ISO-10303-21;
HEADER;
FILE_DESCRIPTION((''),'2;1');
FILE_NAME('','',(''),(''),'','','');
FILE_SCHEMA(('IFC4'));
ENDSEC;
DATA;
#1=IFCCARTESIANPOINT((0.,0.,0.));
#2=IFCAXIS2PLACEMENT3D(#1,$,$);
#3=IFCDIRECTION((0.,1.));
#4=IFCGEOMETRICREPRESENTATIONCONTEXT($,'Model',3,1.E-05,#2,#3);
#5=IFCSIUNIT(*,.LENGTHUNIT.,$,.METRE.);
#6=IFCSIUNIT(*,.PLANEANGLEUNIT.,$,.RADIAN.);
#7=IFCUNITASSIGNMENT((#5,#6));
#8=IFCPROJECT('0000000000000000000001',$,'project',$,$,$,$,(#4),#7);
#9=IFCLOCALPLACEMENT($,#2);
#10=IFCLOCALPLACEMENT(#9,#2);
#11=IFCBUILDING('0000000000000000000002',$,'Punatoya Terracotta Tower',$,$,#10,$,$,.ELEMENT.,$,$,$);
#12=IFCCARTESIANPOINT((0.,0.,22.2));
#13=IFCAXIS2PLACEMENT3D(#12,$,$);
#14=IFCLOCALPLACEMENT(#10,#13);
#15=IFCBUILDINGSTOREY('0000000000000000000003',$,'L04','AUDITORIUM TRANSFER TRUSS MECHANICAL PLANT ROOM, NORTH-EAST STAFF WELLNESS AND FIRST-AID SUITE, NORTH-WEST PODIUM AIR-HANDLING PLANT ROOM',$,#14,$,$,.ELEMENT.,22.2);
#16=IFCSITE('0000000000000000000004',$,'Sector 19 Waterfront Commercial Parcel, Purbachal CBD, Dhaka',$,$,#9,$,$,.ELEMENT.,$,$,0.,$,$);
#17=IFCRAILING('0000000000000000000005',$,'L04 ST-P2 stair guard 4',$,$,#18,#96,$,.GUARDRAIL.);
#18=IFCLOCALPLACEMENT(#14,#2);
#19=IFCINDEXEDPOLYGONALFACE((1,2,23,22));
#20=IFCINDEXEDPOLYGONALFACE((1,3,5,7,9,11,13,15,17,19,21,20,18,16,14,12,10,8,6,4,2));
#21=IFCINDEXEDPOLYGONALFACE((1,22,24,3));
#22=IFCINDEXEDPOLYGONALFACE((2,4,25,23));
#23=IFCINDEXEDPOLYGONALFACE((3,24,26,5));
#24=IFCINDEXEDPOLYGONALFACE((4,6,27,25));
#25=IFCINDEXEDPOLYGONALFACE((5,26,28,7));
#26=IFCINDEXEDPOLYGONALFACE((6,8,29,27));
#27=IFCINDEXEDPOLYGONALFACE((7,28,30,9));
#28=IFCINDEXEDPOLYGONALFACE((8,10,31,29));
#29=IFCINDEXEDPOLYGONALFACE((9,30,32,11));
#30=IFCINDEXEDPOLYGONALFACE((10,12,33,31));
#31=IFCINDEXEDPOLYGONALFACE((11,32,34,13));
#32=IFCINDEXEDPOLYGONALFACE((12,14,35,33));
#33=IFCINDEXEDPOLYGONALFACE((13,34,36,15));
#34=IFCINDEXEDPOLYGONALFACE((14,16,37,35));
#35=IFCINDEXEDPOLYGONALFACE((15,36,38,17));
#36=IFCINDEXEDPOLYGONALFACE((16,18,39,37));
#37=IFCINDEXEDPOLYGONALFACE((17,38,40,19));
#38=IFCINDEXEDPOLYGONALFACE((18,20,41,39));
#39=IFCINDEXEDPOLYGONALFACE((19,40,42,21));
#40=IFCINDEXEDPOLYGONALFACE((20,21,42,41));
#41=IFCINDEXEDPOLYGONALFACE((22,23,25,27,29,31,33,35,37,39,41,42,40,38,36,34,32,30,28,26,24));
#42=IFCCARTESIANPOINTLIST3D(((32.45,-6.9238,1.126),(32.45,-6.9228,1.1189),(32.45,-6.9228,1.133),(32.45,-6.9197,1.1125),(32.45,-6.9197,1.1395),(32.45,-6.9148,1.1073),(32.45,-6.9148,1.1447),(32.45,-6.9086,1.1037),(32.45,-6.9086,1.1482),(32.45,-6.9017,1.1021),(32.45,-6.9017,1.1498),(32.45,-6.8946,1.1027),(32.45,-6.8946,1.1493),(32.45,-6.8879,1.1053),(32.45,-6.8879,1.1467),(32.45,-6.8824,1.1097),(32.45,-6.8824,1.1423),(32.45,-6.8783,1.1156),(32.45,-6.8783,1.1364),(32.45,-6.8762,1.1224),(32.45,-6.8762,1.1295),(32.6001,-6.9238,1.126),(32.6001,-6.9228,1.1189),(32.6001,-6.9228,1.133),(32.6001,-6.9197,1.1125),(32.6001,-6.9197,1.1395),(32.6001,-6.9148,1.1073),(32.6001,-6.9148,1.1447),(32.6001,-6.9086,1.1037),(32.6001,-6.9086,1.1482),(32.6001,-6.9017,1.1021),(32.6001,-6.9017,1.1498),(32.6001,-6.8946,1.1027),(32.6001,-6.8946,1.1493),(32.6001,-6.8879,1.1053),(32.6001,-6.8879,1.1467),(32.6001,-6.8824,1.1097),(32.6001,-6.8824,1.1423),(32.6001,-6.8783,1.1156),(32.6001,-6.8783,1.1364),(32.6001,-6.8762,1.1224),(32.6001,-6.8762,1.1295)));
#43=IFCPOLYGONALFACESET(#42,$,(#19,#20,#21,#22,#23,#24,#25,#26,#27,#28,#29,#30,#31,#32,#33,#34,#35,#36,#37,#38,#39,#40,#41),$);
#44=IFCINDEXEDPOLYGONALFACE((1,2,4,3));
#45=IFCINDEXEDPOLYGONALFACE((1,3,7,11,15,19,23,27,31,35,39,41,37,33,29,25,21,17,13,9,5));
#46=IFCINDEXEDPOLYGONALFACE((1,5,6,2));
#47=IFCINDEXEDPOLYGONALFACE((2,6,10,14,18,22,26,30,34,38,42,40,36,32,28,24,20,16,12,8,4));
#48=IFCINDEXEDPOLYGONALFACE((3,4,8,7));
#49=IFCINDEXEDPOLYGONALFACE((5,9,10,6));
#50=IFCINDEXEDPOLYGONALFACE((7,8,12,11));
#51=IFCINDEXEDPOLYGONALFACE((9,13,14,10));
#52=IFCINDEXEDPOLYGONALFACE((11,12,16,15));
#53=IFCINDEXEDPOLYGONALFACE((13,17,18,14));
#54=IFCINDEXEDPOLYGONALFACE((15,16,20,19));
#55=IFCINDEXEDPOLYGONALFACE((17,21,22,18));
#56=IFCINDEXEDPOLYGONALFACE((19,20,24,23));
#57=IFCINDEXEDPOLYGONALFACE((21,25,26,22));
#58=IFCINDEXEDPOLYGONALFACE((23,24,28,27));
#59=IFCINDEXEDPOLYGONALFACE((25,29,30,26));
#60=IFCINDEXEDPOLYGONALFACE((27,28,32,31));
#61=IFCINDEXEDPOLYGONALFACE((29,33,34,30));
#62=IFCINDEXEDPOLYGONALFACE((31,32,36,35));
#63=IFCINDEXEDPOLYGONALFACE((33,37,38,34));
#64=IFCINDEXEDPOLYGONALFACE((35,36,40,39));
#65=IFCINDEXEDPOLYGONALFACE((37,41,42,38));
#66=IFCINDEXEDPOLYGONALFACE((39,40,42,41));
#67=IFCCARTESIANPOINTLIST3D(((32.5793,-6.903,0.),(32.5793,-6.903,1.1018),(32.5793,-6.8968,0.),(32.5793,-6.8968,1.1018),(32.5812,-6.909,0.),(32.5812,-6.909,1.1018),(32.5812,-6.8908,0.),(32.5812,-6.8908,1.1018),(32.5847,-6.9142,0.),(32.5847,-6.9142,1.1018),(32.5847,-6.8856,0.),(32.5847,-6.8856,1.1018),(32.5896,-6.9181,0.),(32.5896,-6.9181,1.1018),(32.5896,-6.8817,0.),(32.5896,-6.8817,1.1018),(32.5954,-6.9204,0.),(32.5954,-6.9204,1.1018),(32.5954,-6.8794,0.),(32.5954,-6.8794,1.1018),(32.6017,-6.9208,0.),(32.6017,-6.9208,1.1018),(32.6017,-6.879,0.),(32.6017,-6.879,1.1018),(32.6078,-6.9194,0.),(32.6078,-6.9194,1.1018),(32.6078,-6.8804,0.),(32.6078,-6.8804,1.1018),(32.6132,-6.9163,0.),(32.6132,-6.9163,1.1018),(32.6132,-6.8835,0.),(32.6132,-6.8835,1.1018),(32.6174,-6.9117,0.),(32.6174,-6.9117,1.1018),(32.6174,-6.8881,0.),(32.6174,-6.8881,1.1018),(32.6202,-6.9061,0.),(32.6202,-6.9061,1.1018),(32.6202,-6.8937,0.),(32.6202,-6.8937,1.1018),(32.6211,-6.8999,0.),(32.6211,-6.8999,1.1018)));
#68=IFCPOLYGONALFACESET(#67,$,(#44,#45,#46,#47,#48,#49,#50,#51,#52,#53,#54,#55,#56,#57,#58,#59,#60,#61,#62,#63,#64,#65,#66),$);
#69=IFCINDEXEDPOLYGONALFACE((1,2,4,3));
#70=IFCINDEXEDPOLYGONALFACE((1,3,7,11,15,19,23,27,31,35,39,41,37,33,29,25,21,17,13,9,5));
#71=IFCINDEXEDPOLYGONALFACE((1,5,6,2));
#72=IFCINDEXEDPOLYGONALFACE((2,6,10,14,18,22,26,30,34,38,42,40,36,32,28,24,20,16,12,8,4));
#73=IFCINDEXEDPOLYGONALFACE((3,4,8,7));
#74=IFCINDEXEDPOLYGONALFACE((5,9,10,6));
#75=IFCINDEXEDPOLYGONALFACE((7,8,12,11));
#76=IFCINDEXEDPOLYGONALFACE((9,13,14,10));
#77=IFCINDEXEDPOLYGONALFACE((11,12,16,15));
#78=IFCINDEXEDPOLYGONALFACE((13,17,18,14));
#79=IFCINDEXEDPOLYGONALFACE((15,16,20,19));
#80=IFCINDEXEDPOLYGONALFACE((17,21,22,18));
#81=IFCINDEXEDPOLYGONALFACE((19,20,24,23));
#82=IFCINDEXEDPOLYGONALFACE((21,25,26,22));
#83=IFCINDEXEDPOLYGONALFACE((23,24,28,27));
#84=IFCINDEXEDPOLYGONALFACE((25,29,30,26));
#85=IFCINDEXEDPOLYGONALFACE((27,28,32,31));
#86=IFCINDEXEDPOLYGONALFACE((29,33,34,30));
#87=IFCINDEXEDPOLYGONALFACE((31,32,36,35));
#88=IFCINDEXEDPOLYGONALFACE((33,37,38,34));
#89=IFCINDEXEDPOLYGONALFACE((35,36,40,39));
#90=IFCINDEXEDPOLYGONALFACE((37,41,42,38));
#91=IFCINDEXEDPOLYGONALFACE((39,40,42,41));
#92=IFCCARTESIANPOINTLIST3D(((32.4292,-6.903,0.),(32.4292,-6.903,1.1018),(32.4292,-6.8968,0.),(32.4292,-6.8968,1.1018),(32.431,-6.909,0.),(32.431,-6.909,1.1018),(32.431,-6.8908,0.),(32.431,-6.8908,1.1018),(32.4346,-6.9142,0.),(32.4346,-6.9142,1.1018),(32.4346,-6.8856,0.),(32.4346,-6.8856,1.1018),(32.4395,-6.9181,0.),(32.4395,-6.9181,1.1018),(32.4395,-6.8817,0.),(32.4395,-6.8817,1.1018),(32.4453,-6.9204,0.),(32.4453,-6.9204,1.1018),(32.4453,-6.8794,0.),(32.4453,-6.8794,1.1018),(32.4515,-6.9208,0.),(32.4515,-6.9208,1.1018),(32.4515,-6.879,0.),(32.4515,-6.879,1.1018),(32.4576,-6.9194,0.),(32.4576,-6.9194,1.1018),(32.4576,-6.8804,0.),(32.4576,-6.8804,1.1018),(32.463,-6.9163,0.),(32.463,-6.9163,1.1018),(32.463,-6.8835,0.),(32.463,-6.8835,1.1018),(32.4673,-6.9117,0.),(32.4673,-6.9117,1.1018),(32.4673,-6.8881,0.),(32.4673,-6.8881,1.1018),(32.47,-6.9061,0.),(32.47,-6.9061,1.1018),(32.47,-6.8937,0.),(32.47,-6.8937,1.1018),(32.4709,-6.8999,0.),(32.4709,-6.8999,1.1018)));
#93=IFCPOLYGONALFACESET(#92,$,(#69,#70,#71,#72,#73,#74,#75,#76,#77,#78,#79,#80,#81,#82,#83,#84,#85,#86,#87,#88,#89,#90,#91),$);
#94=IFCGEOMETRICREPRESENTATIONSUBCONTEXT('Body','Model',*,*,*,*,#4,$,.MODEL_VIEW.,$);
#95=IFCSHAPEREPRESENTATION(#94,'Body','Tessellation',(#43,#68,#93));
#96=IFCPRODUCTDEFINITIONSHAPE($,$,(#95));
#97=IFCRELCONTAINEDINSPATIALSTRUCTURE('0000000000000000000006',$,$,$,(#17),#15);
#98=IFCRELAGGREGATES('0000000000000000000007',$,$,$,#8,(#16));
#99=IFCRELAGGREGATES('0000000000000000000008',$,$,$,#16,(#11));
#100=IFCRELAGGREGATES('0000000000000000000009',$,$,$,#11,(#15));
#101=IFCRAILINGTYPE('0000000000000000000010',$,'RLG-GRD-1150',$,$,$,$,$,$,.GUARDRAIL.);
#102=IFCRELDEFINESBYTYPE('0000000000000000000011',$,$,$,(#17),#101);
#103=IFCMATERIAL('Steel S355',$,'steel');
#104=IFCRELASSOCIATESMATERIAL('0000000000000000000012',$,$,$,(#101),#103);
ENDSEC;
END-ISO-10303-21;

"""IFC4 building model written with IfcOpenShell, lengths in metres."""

from ifc_helpers import new_model, si_unit, direction, frame, origin, origin_2d, place, context, subcontext, project, spatial, circle, extrude, material, type_object, element, save


model = new_model("IFC4")

# Units and contexts
model_context = context("Model", 3, precision=1e-05, world=origin(), true_north=direction((0.0, 1.0)))
body_context = subcontext(model_context, "Body", "Model", "MODEL_VIEW")
ifc_project = project(units=[si_unit("LENGTHUNIT", "METRE"), si_unit("PLANEANGLEUNIT", "RADIAN")], contexts=[model_context])

# Site, building, storey
site_placement = place(None, origin())
site = spatial("IfcSite", under=ifc_project, at=site_placement, Name="Sector 19 Waterfront Commercial Parcel, Purbachal CBD, Dhaka", CompositionType="ELEMENT", RefElevation=0.0)
building_placement = place(site_placement, origin())
building = spatial("IfcBuilding", under=site, at=building_placement, Name="Punatoya Terracotta Tower", CompositionType="ELEMENT")
storey_placement = place(building_placement, frame((0.0, 0.0, 22.2)))
storey = spatial("IfcBuildingStorey", under=building, at=storey_placement, Name="L04", Description="AUDITORIUM TRANSFER TRUSS MECHANICAL PLANT ROOM, NORTH-EAST STAFF WELLNESS AND FIRST-AID SUITE, NORTH-WEST PODIUM AIR-HANDLING PLANT ROOM", CompositionType="ELEMENT", Elevation=22.2)

# Shared definitions
ifc_material_1 = material(Name="Steel S355", Category="steel")

# Railing
railing_type_1 = type_object("IfcRailingType", Name="RLG-GRD-1150", PredefinedType="GUARDRAIL", material=ifc_material_1)
railing_1_placement = place(storey_placement, frame((32.6001, -6.8999, 0.0)))
element("IfcRailing", 1, at=railing_1_placement, inside=storey, type_object=railing_type_1, Name="L04 ST-P2 stair guard 4", PredefinedType="GUARDRAIL", context=body_context, shape_type="SweptSolid", body=[
    extrude(circle(Radius=0.0239, at=origin_2d()), frame((0.0, 0.0, 1.126), z_axis=(-1.0, 0.0, 0.0), x_axis=(0.0, -1.0, 0.0)), (0.0, 0.0, 1.0), 0.1501),
    extrude(circle(Radius=0.021, at=origin_2d()), origin(), (0.0, 0.0, 1.0), 1.1018),
    extrude(circle(Radius=0.021, at=origin_2d()), frame((-0.1501, 0.0, 0.0)), (0.0, 0.0, 1.0), 1.1018),
])

save(model, "model.ifc")
